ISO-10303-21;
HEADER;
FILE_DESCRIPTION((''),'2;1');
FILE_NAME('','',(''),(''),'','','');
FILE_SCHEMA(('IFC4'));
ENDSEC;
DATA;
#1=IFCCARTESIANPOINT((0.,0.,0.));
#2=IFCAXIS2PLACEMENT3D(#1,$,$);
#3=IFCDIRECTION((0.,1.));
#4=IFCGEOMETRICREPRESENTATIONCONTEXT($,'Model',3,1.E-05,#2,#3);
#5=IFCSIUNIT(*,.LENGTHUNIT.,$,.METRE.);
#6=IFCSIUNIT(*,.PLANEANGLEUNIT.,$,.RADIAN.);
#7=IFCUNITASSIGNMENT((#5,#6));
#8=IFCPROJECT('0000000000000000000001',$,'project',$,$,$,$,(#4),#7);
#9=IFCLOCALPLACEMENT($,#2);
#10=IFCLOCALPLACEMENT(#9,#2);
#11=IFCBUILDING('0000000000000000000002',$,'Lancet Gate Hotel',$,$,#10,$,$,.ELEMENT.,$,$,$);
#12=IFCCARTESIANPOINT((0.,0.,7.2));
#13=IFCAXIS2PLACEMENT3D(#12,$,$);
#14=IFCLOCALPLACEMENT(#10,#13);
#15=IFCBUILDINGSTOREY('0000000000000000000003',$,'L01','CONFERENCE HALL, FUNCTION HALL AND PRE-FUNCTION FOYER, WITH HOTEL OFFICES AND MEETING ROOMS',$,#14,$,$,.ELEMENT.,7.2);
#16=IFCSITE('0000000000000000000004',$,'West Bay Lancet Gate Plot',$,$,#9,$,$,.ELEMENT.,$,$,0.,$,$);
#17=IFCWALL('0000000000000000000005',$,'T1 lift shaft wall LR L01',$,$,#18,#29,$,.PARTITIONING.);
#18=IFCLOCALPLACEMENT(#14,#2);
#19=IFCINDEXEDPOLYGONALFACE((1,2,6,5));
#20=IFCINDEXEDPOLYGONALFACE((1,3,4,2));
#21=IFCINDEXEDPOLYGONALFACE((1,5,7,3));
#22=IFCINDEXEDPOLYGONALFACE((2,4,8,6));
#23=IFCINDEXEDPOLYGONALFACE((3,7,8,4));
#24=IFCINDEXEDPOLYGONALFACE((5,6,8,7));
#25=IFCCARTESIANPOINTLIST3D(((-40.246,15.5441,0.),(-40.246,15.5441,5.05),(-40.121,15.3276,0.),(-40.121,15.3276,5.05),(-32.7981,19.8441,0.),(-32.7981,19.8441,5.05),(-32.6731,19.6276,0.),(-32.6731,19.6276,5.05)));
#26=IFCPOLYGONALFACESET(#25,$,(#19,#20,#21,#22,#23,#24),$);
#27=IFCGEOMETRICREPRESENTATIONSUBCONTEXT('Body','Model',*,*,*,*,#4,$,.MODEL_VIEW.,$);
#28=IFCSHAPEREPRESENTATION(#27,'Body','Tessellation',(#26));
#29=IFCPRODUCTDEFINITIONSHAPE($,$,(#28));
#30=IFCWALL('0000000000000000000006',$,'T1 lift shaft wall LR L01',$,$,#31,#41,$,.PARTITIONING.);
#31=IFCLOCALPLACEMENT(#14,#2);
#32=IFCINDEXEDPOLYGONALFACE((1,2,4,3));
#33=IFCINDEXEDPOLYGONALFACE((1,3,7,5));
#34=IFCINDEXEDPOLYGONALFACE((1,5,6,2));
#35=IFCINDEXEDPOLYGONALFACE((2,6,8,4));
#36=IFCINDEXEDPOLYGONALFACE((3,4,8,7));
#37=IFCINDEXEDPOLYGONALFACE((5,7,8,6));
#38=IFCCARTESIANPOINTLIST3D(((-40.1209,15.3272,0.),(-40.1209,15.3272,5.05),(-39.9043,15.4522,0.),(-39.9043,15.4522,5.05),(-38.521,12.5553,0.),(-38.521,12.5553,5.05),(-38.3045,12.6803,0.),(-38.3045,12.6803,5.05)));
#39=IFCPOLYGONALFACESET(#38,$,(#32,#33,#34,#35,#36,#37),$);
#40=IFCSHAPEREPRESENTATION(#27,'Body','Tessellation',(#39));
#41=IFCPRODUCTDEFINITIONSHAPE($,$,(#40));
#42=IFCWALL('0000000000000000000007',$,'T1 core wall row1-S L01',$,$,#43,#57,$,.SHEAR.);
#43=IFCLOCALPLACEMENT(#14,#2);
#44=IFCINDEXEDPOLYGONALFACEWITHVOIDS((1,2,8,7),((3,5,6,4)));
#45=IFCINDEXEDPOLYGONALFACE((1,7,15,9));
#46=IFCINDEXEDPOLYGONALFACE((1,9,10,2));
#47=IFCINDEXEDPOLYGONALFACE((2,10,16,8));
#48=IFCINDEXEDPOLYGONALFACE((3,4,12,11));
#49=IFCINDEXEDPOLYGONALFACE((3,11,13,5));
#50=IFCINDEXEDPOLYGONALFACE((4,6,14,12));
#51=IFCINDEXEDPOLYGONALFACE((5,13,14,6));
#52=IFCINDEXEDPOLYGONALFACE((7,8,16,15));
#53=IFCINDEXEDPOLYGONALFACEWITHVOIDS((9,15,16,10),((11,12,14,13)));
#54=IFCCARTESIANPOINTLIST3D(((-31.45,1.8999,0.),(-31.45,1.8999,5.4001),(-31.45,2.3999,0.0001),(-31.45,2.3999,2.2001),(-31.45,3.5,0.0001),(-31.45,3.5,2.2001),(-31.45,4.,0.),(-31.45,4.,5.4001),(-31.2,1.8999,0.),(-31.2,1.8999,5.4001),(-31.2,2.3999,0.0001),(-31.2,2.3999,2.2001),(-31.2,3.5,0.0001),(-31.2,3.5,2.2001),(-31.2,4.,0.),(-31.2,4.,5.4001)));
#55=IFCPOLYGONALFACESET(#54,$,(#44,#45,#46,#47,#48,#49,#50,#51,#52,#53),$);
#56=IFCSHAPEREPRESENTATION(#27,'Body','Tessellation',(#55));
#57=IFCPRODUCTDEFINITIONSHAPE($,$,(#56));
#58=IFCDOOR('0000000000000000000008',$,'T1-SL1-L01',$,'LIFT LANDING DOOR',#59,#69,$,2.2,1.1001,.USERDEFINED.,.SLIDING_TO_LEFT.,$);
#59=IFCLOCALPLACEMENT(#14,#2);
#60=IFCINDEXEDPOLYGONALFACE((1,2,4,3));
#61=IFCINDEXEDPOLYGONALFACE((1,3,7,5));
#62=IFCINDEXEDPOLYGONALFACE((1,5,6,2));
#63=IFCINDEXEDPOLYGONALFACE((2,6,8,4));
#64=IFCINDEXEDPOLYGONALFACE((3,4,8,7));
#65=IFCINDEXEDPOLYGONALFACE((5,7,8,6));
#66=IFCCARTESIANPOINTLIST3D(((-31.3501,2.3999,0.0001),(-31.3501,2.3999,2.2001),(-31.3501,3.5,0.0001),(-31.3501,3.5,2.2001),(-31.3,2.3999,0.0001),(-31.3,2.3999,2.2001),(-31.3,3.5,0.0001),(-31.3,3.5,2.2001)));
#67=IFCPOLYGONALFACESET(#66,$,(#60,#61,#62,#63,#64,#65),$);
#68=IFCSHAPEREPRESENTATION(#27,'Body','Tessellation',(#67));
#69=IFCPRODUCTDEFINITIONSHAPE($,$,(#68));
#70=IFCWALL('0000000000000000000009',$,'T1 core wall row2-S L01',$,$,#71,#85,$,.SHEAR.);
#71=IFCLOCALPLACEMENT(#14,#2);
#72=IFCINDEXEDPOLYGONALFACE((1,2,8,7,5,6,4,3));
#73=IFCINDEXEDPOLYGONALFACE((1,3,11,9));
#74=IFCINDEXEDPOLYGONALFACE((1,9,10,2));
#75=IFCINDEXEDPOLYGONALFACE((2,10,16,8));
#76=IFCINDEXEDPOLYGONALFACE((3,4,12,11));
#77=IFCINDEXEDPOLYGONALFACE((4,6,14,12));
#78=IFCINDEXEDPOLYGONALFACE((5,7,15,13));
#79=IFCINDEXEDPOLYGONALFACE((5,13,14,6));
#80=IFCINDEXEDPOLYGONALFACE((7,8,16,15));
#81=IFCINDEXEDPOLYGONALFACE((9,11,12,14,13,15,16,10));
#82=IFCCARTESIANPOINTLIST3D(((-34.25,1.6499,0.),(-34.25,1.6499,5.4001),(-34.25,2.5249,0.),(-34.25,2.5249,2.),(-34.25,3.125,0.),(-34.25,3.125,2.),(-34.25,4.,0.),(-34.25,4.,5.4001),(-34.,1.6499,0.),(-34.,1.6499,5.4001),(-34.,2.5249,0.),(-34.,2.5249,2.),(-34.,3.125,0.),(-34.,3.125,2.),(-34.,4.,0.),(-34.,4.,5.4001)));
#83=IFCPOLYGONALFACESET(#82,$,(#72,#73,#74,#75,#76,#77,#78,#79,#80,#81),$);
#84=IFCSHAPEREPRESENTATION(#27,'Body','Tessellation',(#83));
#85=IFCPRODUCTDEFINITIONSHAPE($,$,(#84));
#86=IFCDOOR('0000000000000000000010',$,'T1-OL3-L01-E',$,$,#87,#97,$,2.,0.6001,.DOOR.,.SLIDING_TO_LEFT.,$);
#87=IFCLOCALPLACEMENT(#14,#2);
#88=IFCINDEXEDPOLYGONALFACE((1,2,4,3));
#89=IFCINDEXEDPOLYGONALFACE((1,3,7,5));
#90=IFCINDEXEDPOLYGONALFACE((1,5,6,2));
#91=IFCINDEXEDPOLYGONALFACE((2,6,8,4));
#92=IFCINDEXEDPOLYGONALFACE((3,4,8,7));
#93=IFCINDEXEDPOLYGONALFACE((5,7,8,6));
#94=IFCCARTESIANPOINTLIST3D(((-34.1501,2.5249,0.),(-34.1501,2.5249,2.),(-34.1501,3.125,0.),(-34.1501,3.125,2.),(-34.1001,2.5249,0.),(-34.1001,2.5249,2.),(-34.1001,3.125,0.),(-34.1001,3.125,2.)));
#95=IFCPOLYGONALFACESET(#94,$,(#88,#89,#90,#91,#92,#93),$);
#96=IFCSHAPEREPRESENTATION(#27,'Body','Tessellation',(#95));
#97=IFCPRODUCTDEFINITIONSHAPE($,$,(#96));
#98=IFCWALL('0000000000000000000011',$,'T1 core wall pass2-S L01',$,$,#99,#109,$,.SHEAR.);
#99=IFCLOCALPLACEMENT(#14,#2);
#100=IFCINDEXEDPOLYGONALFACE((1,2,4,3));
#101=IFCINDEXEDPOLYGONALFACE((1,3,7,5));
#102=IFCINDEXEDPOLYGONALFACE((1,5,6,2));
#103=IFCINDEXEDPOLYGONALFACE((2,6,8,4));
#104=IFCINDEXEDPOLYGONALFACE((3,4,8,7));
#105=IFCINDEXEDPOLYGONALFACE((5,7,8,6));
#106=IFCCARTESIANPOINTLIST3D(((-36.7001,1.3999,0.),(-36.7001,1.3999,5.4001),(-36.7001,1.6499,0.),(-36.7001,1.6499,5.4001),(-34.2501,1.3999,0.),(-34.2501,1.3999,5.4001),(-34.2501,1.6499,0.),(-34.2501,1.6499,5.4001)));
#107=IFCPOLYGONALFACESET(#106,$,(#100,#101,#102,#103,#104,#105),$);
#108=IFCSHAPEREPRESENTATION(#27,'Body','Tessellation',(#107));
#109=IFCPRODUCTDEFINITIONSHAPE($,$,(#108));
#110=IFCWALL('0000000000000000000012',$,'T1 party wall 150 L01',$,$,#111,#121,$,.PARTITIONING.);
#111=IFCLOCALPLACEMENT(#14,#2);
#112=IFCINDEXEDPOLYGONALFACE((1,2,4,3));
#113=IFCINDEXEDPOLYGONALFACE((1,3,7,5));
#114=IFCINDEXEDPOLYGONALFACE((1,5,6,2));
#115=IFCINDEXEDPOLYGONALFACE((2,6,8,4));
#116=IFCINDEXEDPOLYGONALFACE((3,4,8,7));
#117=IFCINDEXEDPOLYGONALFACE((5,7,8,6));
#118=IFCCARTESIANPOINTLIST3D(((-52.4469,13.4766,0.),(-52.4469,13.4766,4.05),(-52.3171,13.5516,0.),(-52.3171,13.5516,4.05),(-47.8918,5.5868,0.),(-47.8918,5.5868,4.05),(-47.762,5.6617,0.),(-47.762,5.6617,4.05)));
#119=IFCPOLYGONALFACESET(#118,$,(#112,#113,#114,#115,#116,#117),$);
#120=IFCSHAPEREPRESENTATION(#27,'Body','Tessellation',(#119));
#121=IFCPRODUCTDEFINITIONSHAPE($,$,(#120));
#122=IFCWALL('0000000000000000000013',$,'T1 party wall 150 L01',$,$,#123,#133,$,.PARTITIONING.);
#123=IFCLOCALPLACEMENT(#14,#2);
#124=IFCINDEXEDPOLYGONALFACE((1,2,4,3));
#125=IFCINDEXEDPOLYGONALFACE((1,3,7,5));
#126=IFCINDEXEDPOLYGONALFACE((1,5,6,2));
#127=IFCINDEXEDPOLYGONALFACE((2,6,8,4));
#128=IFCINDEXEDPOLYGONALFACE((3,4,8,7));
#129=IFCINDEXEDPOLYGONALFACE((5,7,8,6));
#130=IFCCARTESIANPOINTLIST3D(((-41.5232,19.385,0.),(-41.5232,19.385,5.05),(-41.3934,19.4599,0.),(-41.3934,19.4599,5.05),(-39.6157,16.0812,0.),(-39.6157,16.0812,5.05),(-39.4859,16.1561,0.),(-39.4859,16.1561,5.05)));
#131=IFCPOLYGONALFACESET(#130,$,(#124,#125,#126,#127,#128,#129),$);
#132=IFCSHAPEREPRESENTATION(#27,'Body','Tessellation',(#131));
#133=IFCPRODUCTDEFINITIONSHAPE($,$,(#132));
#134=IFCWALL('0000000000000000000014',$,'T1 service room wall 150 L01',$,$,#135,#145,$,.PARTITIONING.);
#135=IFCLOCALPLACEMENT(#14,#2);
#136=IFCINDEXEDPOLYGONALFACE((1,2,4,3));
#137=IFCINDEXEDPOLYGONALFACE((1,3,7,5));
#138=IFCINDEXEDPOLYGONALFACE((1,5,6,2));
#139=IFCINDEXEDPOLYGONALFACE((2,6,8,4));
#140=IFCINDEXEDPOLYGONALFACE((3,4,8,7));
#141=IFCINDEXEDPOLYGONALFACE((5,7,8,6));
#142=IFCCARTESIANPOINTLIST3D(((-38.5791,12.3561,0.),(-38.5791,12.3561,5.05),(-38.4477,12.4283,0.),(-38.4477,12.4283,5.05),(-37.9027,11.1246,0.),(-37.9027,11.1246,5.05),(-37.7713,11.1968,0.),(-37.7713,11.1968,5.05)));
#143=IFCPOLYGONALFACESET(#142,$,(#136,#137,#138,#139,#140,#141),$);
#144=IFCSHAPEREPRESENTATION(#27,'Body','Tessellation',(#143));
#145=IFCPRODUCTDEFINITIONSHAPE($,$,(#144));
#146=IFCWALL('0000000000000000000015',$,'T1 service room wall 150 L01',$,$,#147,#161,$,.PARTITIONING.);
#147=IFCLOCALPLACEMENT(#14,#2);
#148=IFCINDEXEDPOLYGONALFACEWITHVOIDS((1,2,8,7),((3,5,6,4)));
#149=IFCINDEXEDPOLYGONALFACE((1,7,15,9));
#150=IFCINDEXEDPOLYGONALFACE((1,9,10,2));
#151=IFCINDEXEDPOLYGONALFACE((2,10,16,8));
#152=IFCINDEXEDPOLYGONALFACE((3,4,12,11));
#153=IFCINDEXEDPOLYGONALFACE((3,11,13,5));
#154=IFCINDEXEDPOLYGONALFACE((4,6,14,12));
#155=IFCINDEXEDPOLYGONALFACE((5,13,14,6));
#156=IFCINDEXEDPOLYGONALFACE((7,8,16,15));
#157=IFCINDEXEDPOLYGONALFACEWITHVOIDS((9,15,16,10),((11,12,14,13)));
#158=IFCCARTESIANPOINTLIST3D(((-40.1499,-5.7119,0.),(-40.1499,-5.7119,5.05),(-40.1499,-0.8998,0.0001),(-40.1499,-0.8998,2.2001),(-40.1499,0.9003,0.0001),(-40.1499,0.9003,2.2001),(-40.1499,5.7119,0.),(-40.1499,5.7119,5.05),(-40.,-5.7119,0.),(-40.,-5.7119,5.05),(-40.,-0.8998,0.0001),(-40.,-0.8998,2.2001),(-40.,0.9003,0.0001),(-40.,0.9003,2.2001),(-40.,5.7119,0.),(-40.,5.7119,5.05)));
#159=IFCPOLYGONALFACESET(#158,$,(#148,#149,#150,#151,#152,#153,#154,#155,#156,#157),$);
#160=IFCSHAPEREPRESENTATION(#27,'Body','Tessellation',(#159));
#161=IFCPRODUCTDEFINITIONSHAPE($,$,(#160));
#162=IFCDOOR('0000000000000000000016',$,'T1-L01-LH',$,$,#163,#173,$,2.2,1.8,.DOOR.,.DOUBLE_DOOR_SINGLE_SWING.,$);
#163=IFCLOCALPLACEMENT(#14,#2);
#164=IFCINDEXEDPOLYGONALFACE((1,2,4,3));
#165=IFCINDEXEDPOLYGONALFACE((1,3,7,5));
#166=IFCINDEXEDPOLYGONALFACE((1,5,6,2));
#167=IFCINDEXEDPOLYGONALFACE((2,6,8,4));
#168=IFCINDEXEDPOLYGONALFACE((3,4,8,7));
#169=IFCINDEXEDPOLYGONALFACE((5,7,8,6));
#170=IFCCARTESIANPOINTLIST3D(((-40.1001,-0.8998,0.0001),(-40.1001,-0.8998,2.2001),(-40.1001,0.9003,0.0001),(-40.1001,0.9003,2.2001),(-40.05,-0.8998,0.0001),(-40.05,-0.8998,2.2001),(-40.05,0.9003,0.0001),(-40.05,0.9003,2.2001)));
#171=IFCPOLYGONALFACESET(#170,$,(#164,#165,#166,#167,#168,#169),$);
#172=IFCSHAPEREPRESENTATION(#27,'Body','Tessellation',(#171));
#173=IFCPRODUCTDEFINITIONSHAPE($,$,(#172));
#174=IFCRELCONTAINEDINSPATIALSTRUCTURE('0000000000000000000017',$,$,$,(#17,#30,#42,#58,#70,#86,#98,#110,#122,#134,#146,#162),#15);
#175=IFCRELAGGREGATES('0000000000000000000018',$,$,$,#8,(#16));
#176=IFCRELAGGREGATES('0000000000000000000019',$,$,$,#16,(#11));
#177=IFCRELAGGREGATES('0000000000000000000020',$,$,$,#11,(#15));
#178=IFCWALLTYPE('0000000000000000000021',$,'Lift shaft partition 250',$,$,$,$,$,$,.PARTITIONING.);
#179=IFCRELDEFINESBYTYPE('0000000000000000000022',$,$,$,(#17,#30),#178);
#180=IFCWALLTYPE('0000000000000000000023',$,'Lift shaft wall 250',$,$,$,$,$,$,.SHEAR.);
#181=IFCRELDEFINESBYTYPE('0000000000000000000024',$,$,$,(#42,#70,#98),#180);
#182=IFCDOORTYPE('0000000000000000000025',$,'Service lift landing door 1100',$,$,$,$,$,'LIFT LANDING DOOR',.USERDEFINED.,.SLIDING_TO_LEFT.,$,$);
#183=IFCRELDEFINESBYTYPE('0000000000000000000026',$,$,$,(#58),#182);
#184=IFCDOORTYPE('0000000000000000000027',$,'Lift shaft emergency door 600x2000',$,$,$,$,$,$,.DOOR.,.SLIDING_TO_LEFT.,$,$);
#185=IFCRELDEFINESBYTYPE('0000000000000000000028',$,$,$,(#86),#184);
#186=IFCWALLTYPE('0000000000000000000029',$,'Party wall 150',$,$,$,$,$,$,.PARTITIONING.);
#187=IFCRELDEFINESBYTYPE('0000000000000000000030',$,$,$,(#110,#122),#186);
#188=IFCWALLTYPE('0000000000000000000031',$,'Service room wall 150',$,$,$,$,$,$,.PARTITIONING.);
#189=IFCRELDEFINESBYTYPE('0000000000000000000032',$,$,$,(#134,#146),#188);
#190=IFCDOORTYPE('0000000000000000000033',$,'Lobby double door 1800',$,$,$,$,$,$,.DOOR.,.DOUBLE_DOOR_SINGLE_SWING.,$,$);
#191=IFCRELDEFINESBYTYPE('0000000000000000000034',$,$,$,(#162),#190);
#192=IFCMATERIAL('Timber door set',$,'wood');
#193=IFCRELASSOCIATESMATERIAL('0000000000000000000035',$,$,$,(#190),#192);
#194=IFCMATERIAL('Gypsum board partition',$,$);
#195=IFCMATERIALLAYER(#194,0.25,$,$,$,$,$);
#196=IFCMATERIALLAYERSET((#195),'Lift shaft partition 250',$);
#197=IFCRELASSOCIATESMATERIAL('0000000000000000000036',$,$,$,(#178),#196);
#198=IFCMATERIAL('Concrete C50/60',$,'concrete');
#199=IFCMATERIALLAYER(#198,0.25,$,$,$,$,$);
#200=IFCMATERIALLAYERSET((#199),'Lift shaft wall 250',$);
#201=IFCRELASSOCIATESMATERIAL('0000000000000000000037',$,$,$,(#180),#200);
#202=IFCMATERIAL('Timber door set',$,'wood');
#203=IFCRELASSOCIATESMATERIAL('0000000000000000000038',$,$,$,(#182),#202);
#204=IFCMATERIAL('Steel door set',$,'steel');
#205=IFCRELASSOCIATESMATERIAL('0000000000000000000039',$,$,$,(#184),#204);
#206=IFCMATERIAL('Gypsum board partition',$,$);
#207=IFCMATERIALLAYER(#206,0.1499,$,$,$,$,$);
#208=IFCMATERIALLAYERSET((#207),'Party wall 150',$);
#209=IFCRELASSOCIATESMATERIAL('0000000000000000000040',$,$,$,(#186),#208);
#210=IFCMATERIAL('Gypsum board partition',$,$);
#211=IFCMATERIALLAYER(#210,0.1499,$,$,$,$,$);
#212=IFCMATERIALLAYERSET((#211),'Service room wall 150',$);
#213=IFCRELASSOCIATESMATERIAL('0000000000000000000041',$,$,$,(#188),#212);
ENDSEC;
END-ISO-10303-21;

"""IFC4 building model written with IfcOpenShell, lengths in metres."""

from ifc_helpers import new_model, si_unit, direction, frame, frame_2d, origin, place, context, subcontext, project, spatial, rectangle, extrude, material, layer, layer_set, type_object, element, fill, save


model = new_model("IFC4")

# Units and contexts
model_context = context("Model", 3, precision=1e-05, world=origin(), true_north=direction((0.0, 1.0)))
body_context = subcontext(model_context, "Body", "Model", "MODEL_VIEW")
ifc_project = project(units=[si_unit("LENGTHUNIT", "METRE"), si_unit("PLANEANGLEUNIT", "RADIAN")], contexts=[model_context])

# Site, building, storey
site_placement = place(None, origin())
site = spatial("IfcSite", under=ifc_project, at=site_placement, Name="West Bay Lancet Gate Plot", CompositionType="ELEMENT", RefElevation=0.0)
building_placement = place(site_placement, origin())
building = spatial("IfcBuilding", under=site, at=building_placement, Name="Lancet Gate Hotel", CompositionType="ELEMENT")
storey_placement = place(building_placement, frame((0.0, 0.0, 7.2)))
storey = spatial("IfcBuildingStorey", under=building, at=storey_placement, Name="L01", Description="CONFERENCE HALL, FUNCTION HALL AND PRE-FUNCTION FOYER, WITH HOTEL OFFICES AND MEETING ROOMS", CompositionType="ELEMENT", Elevation=7.2)

# Shared definitions
ifc_material_1 = material(Name="Timber door set", Category="wood")
door_type_1 = type_object("IfcDoorType", Name="Lobby double door 1800", OperationType="DOUBLE_DOOR_SINGLE_SWING", PredefinedType="DOOR", material=ifc_material_1)

# Walls
ifc_material_2 = material(Name="Gypsum board partition")
ifc_layer_1 = layer(ifc_material_2, 0.25)
ifc_layer_set_1 = layer_set([ifc_layer_1], Name="Lift shaft partition 250")
wall_type_1 = type_object("IfcWallType", Name="Lift shaft partition 250", PredefinedType="PARTITIONING", material=ifc_layer_set_1)
wall_1_placement = place(storey_placement, frame((-32.7356, 19.7358, 0.0), z_axis=(0.0, 0.0, 1.0), x_axis=(-0.866028, -0.499995, 0.0)))
element("IfcWall", 1, at=wall_1_placement, inside=storey, type_object=wall_type_1, Name="T1 lift shaft wall LR L01", PredefinedType="PARTITIONING", context=body_context, shape_type="SweptSolid", body=[
    extrude(rectangle(XDim=8.6001, YDim=0.25, at=frame_2d((4.3, 0.0))), origin(), (0.0, 0.0, 1.0), 5.05),
])
wall_2_placement = place(storey_placement, frame((-38.4128, 12.6179, 0.0), z_axis=(0.0, 0.0, 1.0), x_axis=(-0.499872, 0.866099, 0.0)))
element("IfcWall", 2, at=wall_2_placement, inside=storey, type_object=wall_type_1, Name="T1 lift shaft wall LR L01", PredefinedType="PARTITIONING", context=body_context, shape_type="SweptSolid", body=[
    extrude(rectangle(XDim=3.2004, YDim=0.25, at=frame_2d((1.6001, 0.0))), origin(), (0.0, 0.0, 1.0), 5.05),
])

# Walls, openings, doors
ifc_material_3 = material(Name="Concrete C50/60", Category="concrete")
ifc_layer_2 = layer(ifc_material_3, 0.25)
ifc_layer_set_2 = layer_set([ifc_layer_2], Name="Lift shaft wall 250")
wall_type_2 = type_object("IfcWallType", Name="Lift shaft wall 250", PredefinedType="SHEAR", material=ifc_layer_set_2)
wall_3_placement = place(storey_placement, frame((-31.325, 4.0, 0.0), z_axis=(0.0, 0.0, 1.0), x_axis=(0.0, -1.0, 0.0)))
wall_3 = element("IfcWall", 3, at=wall_3_placement, inside=storey, type_object=wall_type_2, Name="T1 core wall row1-S L01", PredefinedType="SHEAR", context=body_context, shape_type="SweptSolid", body=[
    extrude(rectangle(XDim=2.1001, YDim=0.25, at=frame_2d((1.05, 0.0))), origin(), (0.0, 0.0, 1.0), 5.4001),
])
opening_1_placement = place(wall_3_placement, frame((0.5, 0.0, 0.0)))
opening_1 = element("IfcOpeningElement", 4, at=opening_1_placement, cuts=wall_3, PredefinedType="OPENING", context=body_context, shape_type="SweptSolid", body=[
    extrude(rectangle(XDim=1.1001, YDim=2.2, at=frame_2d((0.55, 1.1001))), frame((0.0, 0.135, 0.0), z_axis=(0.0, -1.0, 0.0), x_axis=(1.0, 0.0, 0.0)), (0.0, 0.0, 1.0), 0.27),
])
ifc_material_4 = material(Name="Timber door set", Category="wood")
door_type_2 = type_object("IfcDoorType", Name="Service lift landing door 1100", ElementType="LIFT LANDING DOOR", OperationType="SLIDING_TO_LEFT", PredefinedType="USERDEFINED", material=ifc_material_4)
door_1_placement = place(opening_1_placement, origin())
door_1 = element("IfcDoor", 5, at=door_1_placement, inside=storey, type_object=door_type_2, Name="T1-SL1-L01", ObjectType="LIFT LANDING DOOR", OperationType="SLIDING_TO_LEFT", OverallHeight=2.2, OverallWidth=1.1001, PredefinedType="USERDEFINED", context=body_context, shape_type="SweptSolid", body=[
    extrude(rectangle(XDim=1.1001, YDim=2.2, at=frame_2d((0.55, 1.1001))), frame((0.0, 0.0249, 0.0), z_axis=(0.0, -1.0, 0.0), x_axis=(1.0, 0.0, 0.0)), (0.0, 0.0, 1.0), 0.05),
])
fill(opening_1, door_1)
wall_4_placement = place(storey_placement, frame((-34.125, 4.0, 0.0), z_axis=(0.0, 0.0, 1.0), x_axis=(0.0, -1.0, 0.0)))
wall_4 = element("IfcWall", 6, at=wall_4_placement, inside=storey, type_object=wall_type_2, Name="T1 core wall row2-S L01", PredefinedType="SHEAR", context=body_context, shape_type="SweptSolid", body=[
    extrude(rectangle(XDim=2.3501, YDim=0.25, at=frame_2d((1.175, 0.0))), origin(), (0.0, 0.0, 1.0), 5.4001),
])
opening_2_placement = place(wall_4_placement, frame((0.875, 0.0, 0.0)))
opening_2 = element("IfcOpeningElement", 7, at=opening_2_placement, cuts=wall_4, PredefinedType="OPENING", context=body_context, shape_type="SweptSolid", body=[
    extrude(rectangle(XDim=0.6001, YDim=2.0, at=frame_2d((0.3, 1.0))), frame((0.0, 0.135, 0.0), z_axis=(0.0, -1.0, 0.0), x_axis=(1.0, 0.0, 0.0)), (0.0, 0.0, 1.0), 0.27),
])
ifc_material_5 = material(Name="Steel door set", Category="steel")
door_type_3 = type_object("IfcDoorType", Name="Lift shaft emergency door 600x2000", OperationType="SLIDING_TO_LEFT", PredefinedType="DOOR", material=ifc_material_5)
door_2_placement = place(opening_2_placement, origin())
door_2 = element("IfcDoor", 8, at=door_2_placement, inside=storey, type_object=door_type_3, Name="T1-OL3-L01-E", OperationType="SLIDING_TO_LEFT", OverallHeight=2.0, OverallWidth=0.6001, PredefinedType="DOOR", context=body_context, shape_type="SweptSolid", body=[
    extrude(rectangle(XDim=0.6001, YDim=2.0, at=frame_2d((0.3, 1.0))), frame((0.0, 0.0249, 0.0), z_axis=(0.0, -1.0, 0.0), x_axis=(1.0, 0.0, 0.0)), (0.0, 0.0, 1.0), 0.05),
])
fill(opening_2, door_2)

# Walls
wall_5_placement = place(storey_placement, frame((-34.25, 1.5249, 0.0), z_axis=(0.0, 0.0, 1.0), x_axis=(-1.0, 0.0, 0.0)))
element("IfcWall", 9, at=wall_5_placement, inside=storey, type_object=wall_type_2, Name="T1 core wall pass2-S L01", PredefinedType="SHEAR", context=body_context, shape_type="SweptSolid", body=[
    extrude(rectangle(XDim=2.45, YDim=0.25, at=frame_2d((1.2251, 0.0))), origin(), (0.0, 0.0, 1.0), 5.4001),
])
ifc_material_6 = material(Name="Gypsum board partition")
ifc_layer_3 = layer(ifc_material_6, 0.1499)
ifc_layer_set_3 = layer_set([ifc_layer_3], Name="Party wall 150")
wall_type_3 = type_object("IfcWallType", Name="Party wall 150", PredefinedType="PARTITIONING", material=ifc_layer_set_3)
wall_6_placement = place(storey_placement, frame((-47.8269, 5.6243, 0.0), z_axis=(0.0, 0.0, 1.0), x_axis=(-0.499995, 0.866028, 0.0)))
element("IfcWall", 10, at=wall_6_placement, inside=storey, type_object=wall_type_3, Name="T1 party wall 150 L01", PredefinedType="PARTITIONING", context=body_context, shape_type="SweptSolid", body=[
    extrude(rectangle(XDim=9.1104, YDim=0.1499, at=frame_2d((4.5552, 0.0))), origin(), (0.0, 0.0, 1.0), 4.05),
])
wall_7_placement = place(storey_placement, frame((-39.5508, 16.1187, 0.0), z_axis=(0.0, 0.0, 1.0), x_axis=(-0.500014, 0.866017, 0.0)))
element("IfcWall", 11, at=wall_7_placement, inside=storey, type_object=wall_type_3, Name="T1 party wall 150 L01", PredefinedType="PARTITIONING", context=body_context, shape_type="SweptSolid", body=[
    extrude(rectangle(XDim=3.8149, YDim=0.1499, at=frame_2d((1.9075, 0.0))), origin(), (0.0, 0.0, 1.0), 5.05),
])
ifc_material_7 = material(Name="Gypsum board partition")
ifc_layer_4 = layer(ifc_material_7, 0.1499)
ifc_layer_set_4 = layer_set([ifc_layer_4], Name="Service room wall 150")
wall_type_4 = type_object("IfcWallType", Name="Service room wall 150", PredefinedType="PARTITIONING", material=ifc_layer_set_4)
wall_8_placement = place(storey_placement, frame((-38.5134, 12.3923, 0.0), z_axis=(0.0, 0.0, 1.0), x_axis=(0.481358, -0.876524, 0.0)))
element("IfcWall", 12, at=wall_8_placement, inside=storey, type_object=wall_type_4, Name="T1 service room wall 150 L01", PredefinedType="PARTITIONING", context=body_context, shape_type="SweptSolid", body=[
    extrude(rectangle(XDim=1.405, YDim=0.1499, at=frame_2d((0.7026, 0.0))), origin(), (0.0, 0.0, 1.0), 5.05),
])

# Wall, opening, door
wall_9_placement = place(storey_placement, frame((-40.075, 5.7119, 0.0), z_axis=(0.0, 0.0, 1.0), x_axis=(0.0, -1.0, 0.0)))
wall_9 = element("IfcWall", 13, at=wall_9_placement, inside=storey, type_object=wall_type_4, Name="T1 service room wall 150 L01", PredefinedType="PARTITIONING", context=body_context, shape_type="SweptSolid", body=[
    extrude(rectangle(XDim=11.4238, YDim=0.1499, at=frame_2d((5.7119, 0.0))), origin(), (0.0, 0.0, 1.0), 5.05),
])
opening_3_placement = place(wall_9_placement, frame((4.8118, 0.0, 0.0)))
opening_3 = element("IfcOpeningElement", 14, at=opening_3_placement, cuts=wall_9, PredefinedType="OPENING", context=body_context, shape_type="SweptSolid", body=[
    extrude(rectangle(XDim=1.8, YDim=2.2, at=frame_2d((0.8999, 1.1001))), frame((0.0, 0.085, 0.0), z_axis=(0.0, -1.0, 0.0), x_axis=(1.0, 0.0, 0.0)), (0.0, 0.0, 1.0), 0.1699),
])
door_3_placement = place(opening_3_placement, origin())
door_3 = element("IfcDoor", 15, at=door_3_placement, inside=storey, type_object=door_type_1, Name="T1-L01-LH", OperationType="DOUBLE_DOOR_SINGLE_SWING", OverallHeight=2.2, OverallWidth=1.8, PredefinedType="DOOR", context=body_context, shape_type="SweptSolid", body=[
    extrude(rectangle(XDim=1.8, YDim=2.2, at=frame_2d((0.8999, 1.1001))), frame((0.0, 0.0249, 0.0), z_axis=(0.0, -1.0, 0.0), x_axis=(1.0, 0.0, 0.0)), (0.0, 0.0, 1.0), 0.05),
])
fill(opening_3, door_3)

save(model, "model.ifc")
